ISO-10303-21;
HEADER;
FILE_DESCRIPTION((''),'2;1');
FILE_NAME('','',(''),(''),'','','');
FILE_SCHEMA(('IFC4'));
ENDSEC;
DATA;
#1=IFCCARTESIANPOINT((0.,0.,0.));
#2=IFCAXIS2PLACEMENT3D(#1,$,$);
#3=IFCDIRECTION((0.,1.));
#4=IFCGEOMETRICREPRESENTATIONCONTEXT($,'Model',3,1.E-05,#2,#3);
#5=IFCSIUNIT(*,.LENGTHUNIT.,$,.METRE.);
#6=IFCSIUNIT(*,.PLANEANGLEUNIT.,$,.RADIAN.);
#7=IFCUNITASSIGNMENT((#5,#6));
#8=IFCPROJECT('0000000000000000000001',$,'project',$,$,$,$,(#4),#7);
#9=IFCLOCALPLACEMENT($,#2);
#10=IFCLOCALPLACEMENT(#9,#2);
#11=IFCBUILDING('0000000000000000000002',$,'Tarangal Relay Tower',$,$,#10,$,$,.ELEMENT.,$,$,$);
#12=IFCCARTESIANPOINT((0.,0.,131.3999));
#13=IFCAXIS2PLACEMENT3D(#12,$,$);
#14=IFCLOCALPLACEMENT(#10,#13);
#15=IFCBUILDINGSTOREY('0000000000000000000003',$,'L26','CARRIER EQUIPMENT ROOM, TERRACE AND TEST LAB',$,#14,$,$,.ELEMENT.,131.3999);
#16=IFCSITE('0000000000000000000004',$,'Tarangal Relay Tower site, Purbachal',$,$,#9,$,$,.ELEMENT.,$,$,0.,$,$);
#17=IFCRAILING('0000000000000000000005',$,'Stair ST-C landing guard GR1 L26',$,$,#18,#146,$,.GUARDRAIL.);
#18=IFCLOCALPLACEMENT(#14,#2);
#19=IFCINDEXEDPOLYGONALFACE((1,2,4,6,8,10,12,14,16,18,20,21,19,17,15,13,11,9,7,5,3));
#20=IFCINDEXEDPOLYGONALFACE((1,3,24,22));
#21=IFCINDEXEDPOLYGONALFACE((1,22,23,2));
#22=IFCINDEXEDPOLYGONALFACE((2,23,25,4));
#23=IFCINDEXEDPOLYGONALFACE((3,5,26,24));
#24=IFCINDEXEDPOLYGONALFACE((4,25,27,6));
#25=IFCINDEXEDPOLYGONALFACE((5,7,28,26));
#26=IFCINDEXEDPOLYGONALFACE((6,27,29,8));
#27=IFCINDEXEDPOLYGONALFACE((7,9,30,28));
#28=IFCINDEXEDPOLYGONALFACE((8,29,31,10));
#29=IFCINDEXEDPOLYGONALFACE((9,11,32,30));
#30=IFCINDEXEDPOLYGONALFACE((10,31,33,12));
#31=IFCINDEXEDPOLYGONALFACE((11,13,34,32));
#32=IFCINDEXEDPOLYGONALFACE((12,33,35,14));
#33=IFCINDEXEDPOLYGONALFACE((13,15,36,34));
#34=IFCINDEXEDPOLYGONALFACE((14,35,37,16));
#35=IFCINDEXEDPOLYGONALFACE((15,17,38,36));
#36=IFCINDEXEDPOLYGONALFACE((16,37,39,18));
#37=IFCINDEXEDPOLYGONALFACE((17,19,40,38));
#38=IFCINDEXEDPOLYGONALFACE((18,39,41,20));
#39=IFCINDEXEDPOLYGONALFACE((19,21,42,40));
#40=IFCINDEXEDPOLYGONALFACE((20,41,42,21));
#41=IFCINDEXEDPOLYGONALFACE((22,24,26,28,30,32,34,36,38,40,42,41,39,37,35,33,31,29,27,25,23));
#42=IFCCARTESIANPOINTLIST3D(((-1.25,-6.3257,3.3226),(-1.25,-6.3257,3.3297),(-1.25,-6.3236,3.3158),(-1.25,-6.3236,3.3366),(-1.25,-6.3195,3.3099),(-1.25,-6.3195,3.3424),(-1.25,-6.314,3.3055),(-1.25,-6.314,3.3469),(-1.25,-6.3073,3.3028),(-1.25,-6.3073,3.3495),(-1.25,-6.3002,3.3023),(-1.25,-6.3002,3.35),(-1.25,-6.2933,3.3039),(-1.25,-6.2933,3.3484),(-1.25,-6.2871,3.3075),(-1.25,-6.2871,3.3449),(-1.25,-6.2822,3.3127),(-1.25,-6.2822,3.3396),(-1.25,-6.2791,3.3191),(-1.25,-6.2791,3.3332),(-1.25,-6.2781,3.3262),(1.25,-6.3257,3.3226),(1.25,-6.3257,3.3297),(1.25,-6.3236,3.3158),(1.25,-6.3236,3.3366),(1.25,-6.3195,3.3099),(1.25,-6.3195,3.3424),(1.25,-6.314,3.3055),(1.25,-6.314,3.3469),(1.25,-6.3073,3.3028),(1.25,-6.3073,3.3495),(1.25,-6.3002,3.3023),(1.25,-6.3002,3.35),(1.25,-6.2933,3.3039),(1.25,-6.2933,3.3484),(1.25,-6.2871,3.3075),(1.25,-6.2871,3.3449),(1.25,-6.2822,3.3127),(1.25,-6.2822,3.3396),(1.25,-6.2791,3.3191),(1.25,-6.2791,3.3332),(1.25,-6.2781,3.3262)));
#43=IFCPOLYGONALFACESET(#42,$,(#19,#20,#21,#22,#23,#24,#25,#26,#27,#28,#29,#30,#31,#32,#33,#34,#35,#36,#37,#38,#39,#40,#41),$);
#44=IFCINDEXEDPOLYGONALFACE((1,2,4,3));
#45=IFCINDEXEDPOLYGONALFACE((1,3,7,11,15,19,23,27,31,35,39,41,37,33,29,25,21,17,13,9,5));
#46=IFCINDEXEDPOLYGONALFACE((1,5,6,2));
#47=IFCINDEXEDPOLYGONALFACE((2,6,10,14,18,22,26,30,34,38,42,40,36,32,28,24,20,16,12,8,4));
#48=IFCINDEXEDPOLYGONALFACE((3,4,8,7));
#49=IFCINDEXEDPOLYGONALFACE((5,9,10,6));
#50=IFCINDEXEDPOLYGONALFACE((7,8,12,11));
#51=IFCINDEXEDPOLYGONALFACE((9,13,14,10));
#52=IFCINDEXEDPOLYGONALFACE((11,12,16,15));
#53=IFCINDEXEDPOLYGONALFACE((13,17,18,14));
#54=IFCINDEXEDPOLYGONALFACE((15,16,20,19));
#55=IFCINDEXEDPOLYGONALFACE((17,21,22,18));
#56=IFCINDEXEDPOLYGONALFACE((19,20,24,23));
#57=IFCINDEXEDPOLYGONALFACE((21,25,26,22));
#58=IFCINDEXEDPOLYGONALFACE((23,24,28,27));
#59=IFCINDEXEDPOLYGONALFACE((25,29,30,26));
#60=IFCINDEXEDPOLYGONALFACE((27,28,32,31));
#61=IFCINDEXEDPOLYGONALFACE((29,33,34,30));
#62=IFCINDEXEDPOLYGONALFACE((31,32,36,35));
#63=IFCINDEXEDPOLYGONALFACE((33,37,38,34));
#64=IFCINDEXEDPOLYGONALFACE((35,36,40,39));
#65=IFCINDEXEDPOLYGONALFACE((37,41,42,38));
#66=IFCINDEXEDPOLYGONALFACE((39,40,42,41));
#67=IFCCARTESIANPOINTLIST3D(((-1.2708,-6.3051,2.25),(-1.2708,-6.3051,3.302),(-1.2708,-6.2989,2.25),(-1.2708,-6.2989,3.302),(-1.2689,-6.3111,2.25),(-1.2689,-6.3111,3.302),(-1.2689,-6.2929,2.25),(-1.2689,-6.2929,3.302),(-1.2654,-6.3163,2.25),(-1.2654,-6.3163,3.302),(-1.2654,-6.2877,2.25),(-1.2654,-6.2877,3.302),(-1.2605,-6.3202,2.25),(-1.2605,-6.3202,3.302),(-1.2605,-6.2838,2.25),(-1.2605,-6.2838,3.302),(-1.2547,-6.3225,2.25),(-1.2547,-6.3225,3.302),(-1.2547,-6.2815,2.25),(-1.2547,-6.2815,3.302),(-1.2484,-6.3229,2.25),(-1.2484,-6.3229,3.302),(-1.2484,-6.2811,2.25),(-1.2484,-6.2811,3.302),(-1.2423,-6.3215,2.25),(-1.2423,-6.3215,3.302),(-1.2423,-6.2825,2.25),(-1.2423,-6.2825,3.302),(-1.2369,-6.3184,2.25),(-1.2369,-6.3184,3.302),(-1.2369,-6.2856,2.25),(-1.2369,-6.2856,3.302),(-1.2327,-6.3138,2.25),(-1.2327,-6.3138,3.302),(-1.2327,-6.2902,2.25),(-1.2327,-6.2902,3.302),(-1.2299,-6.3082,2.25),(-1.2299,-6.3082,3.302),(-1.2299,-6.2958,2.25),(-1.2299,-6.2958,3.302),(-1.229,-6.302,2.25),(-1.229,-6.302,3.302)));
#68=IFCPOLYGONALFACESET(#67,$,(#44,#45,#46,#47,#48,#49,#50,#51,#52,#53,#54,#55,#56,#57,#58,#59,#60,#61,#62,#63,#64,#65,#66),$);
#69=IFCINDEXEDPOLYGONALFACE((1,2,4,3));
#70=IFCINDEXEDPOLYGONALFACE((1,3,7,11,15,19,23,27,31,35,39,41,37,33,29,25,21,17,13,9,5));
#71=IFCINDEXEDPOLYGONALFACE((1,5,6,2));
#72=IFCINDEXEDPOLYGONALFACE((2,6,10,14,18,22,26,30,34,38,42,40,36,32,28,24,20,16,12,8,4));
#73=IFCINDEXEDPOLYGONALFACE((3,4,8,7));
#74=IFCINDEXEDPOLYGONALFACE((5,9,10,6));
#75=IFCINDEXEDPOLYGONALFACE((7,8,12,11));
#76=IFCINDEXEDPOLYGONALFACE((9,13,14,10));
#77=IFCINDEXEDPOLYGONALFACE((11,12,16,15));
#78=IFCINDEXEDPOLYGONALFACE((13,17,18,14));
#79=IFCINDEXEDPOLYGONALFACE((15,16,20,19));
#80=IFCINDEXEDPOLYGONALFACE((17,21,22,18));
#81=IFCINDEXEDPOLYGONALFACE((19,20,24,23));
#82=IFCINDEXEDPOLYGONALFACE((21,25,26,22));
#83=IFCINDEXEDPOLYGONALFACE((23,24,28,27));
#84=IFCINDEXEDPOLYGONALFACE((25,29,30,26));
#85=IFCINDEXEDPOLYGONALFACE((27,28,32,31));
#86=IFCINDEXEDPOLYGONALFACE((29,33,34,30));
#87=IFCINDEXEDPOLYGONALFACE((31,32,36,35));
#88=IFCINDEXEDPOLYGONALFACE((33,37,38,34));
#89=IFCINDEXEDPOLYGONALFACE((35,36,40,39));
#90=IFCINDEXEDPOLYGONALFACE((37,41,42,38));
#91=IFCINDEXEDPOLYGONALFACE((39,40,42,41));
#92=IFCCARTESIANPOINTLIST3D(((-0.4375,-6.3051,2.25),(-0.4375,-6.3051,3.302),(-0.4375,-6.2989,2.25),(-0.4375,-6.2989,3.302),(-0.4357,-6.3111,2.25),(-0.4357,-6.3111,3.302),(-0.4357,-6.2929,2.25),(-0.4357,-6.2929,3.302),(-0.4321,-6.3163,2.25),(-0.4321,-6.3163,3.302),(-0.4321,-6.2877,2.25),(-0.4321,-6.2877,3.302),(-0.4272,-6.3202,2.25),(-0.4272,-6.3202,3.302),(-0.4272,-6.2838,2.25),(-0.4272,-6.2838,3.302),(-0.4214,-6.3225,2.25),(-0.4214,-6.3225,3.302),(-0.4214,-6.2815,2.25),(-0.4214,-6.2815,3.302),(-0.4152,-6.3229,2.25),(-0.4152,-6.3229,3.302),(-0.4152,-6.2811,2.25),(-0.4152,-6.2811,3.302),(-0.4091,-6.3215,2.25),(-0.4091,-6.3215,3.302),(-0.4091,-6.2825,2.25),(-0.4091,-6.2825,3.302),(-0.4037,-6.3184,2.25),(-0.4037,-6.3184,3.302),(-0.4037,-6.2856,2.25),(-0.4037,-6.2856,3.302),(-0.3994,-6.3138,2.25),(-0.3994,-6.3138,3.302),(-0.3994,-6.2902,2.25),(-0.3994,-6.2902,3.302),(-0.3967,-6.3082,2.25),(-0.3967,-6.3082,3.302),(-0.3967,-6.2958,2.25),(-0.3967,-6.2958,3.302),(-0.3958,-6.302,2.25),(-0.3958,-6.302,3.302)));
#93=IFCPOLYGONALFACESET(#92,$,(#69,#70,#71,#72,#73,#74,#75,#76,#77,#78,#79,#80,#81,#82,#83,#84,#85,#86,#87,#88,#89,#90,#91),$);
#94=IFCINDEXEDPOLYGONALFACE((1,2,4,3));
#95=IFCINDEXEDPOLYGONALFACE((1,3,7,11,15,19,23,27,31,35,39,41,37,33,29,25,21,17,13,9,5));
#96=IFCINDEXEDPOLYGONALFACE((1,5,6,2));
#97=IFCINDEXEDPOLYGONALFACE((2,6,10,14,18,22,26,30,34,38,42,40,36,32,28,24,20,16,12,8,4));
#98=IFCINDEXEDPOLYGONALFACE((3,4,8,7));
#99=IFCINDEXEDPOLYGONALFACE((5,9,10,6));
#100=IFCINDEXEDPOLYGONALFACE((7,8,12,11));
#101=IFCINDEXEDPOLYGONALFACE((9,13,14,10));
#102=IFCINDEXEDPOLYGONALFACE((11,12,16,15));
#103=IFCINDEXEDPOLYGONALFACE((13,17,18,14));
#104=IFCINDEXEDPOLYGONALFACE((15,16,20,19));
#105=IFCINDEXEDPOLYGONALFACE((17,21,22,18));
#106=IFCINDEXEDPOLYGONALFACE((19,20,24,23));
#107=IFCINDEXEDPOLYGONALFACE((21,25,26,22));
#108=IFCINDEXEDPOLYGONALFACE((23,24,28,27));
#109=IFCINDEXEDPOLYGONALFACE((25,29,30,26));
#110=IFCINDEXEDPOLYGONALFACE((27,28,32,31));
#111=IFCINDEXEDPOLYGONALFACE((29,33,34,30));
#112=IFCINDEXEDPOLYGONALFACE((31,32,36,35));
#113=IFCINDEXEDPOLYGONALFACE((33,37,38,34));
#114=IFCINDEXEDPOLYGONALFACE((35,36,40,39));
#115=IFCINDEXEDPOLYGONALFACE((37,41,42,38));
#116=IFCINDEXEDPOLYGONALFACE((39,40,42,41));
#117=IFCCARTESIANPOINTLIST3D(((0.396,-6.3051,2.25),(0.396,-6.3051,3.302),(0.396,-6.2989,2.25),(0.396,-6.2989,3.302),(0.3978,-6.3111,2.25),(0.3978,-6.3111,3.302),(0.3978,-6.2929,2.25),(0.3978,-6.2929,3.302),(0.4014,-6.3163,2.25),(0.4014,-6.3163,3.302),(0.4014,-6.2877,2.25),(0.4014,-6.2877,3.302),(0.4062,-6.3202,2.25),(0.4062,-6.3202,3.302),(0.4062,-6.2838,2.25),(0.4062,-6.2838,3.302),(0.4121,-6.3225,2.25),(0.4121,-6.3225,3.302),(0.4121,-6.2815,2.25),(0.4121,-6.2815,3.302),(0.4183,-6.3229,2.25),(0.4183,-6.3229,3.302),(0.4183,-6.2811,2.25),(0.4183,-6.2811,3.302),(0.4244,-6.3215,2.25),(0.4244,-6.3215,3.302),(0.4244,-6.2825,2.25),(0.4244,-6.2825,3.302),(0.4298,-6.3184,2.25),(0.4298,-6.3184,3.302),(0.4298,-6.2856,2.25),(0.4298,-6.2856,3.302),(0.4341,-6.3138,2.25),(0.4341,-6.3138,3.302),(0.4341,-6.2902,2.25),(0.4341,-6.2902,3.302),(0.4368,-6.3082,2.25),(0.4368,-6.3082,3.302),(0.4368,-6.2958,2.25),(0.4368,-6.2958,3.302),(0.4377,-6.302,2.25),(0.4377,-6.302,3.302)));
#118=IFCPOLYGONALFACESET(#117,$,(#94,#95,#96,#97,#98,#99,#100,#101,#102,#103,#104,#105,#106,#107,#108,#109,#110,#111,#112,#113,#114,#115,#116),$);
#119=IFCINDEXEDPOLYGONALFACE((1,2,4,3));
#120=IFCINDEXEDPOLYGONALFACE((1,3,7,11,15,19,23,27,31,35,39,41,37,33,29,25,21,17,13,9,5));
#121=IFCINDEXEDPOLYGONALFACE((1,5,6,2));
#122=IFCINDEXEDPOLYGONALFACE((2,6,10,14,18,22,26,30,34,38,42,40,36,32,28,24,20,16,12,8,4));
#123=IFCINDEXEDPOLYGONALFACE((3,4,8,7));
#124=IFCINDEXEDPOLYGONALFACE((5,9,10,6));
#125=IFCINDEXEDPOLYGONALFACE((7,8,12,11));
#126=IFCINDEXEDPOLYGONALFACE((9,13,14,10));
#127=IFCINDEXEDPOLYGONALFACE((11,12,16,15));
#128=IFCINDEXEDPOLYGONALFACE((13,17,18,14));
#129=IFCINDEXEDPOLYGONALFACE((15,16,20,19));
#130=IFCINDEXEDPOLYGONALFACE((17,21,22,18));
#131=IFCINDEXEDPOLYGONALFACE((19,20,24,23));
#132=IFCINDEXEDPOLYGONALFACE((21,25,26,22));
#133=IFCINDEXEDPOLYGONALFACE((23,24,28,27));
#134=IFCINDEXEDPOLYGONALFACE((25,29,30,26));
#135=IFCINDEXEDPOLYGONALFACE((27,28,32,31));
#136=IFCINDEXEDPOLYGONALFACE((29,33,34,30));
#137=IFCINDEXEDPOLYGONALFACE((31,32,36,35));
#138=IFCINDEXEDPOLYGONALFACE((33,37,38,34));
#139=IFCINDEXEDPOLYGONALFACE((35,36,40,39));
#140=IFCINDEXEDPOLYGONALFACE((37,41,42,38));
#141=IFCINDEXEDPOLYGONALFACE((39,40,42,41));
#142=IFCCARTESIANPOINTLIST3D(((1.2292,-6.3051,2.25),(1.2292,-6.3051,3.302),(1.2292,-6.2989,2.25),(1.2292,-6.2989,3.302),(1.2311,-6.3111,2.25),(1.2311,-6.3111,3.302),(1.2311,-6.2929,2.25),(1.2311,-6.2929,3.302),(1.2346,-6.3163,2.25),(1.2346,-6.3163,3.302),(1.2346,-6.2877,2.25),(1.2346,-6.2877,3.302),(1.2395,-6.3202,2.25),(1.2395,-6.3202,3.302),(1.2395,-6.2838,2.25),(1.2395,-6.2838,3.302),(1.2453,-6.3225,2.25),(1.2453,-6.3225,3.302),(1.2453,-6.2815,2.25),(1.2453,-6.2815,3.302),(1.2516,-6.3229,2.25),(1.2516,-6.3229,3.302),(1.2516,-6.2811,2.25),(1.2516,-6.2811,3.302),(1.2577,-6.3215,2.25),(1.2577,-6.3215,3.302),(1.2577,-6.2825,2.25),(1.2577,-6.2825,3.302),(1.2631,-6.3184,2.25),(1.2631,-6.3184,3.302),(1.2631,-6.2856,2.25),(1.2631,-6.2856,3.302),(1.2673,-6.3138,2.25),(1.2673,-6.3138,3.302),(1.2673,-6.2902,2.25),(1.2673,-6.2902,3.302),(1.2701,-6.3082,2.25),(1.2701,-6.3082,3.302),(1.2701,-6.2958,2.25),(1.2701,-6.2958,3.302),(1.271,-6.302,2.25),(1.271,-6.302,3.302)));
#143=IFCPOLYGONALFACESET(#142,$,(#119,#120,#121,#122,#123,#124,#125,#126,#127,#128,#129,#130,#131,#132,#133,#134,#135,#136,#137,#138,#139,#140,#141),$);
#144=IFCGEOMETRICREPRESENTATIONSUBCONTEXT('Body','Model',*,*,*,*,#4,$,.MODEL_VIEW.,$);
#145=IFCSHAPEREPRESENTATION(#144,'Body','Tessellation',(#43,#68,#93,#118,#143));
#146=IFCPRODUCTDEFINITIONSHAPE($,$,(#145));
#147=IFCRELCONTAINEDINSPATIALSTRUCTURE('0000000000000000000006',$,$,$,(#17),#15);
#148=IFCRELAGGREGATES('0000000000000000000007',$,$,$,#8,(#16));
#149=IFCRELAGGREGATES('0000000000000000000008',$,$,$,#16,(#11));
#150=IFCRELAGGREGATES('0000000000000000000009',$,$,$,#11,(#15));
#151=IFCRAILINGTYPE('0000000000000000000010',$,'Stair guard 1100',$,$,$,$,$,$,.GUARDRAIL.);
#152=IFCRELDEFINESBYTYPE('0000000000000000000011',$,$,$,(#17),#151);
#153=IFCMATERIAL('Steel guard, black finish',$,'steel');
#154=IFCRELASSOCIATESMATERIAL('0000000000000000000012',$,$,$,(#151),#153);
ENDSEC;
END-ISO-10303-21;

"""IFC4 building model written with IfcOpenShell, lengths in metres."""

from ifc_helpers import new_model, si_unit, direction, frame, origin, origin_2d, place, context, subcontext, project, spatial, circle, extrude, material, type_object, element, save


model = new_model("IFC4")

# Units and contexts
model_context = context("Model", 3, precision=1e-05, world=origin(), true_north=direction((0.0, 1.0)))
body_context = subcontext(model_context, "Body", "Model", "MODEL_VIEW")
ifc_project = project(units=[si_unit("LENGTHUNIT", "METRE"), si_unit("PLANEANGLEUNIT", "RADIAN")], contexts=[model_context])

# Site, building, storey
site_placement = place(None, origin())
site = spatial("IfcSite", under=ifc_project, at=site_placement, Name="Tarangal Relay Tower site, Purbachal", CompositionType="ELEMENT", RefElevation=0.0)
building_placement = place(site_placement, origin())
building = spatial("IfcBuilding", under=site, at=building_placement, Name="Tarangal Relay Tower", CompositionType="ELEMENT")
storey_placement = place(building_placement, frame((0.0, 0.0, 131.3999)))
storey = spatial("IfcBuildingStorey", under=building, at=storey_placement, Name="L26", Description="CARRIER EQUIPMENT ROOM, TERRACE AND TEST LAB", CompositionType="ELEMENT", Elevation=131.3999)

# Railing
ifc_material_1 = material(Name="Steel guard, black finish", Category="steel")
railing_type_1 = type_object("IfcRailingType", Name="Stair guard 1100", PredefinedType="GUARDRAIL", material=ifc_material_1)
for number, where, name in (
    (1, (-1.25, -6.302, 2.25), "Stair ST-C landing guard GR1 L26"),
):
    element("IfcRailing", number, at=place(storey_placement, frame(where)), inside=storey, type_object=railing_type_1, Name=name, PredefinedType="GUARDRAIL", context=body_context, shape_type="SweptSolid", body=[
        extrude(circle(Radius=0.0239, at=origin_2d()), frame((0.0, 0.0, 1.0762), z_axis=(1.0, 0.0, 0.0), x_axis=(0.0, 1.0, 0.0)), (0.0, 0.0, 1.0), 2.5),
        extrude(circle(Radius=0.021, at=origin_2d()), origin(), (0.0, 0.0, 1.0), 1.052),
        extrude(circle(Radius=0.021, at=origin_2d()), frame((0.8333, 0.0, 0.0)), (0.0, 0.0, 1.0), 1.052),
        extrude(circle(Radius=0.021, at=origin_2d()), frame((1.6667, 0.0, 0.0)), (0.0, 0.0, 1.0), 1.052),
        extrude(circle(Radius=0.021, at=origin_2d()), frame((2.5, 0.0, 0.0)), (0.0, 0.0, 1.0), 1.052),
    ])

save(model, "model.ifc")
